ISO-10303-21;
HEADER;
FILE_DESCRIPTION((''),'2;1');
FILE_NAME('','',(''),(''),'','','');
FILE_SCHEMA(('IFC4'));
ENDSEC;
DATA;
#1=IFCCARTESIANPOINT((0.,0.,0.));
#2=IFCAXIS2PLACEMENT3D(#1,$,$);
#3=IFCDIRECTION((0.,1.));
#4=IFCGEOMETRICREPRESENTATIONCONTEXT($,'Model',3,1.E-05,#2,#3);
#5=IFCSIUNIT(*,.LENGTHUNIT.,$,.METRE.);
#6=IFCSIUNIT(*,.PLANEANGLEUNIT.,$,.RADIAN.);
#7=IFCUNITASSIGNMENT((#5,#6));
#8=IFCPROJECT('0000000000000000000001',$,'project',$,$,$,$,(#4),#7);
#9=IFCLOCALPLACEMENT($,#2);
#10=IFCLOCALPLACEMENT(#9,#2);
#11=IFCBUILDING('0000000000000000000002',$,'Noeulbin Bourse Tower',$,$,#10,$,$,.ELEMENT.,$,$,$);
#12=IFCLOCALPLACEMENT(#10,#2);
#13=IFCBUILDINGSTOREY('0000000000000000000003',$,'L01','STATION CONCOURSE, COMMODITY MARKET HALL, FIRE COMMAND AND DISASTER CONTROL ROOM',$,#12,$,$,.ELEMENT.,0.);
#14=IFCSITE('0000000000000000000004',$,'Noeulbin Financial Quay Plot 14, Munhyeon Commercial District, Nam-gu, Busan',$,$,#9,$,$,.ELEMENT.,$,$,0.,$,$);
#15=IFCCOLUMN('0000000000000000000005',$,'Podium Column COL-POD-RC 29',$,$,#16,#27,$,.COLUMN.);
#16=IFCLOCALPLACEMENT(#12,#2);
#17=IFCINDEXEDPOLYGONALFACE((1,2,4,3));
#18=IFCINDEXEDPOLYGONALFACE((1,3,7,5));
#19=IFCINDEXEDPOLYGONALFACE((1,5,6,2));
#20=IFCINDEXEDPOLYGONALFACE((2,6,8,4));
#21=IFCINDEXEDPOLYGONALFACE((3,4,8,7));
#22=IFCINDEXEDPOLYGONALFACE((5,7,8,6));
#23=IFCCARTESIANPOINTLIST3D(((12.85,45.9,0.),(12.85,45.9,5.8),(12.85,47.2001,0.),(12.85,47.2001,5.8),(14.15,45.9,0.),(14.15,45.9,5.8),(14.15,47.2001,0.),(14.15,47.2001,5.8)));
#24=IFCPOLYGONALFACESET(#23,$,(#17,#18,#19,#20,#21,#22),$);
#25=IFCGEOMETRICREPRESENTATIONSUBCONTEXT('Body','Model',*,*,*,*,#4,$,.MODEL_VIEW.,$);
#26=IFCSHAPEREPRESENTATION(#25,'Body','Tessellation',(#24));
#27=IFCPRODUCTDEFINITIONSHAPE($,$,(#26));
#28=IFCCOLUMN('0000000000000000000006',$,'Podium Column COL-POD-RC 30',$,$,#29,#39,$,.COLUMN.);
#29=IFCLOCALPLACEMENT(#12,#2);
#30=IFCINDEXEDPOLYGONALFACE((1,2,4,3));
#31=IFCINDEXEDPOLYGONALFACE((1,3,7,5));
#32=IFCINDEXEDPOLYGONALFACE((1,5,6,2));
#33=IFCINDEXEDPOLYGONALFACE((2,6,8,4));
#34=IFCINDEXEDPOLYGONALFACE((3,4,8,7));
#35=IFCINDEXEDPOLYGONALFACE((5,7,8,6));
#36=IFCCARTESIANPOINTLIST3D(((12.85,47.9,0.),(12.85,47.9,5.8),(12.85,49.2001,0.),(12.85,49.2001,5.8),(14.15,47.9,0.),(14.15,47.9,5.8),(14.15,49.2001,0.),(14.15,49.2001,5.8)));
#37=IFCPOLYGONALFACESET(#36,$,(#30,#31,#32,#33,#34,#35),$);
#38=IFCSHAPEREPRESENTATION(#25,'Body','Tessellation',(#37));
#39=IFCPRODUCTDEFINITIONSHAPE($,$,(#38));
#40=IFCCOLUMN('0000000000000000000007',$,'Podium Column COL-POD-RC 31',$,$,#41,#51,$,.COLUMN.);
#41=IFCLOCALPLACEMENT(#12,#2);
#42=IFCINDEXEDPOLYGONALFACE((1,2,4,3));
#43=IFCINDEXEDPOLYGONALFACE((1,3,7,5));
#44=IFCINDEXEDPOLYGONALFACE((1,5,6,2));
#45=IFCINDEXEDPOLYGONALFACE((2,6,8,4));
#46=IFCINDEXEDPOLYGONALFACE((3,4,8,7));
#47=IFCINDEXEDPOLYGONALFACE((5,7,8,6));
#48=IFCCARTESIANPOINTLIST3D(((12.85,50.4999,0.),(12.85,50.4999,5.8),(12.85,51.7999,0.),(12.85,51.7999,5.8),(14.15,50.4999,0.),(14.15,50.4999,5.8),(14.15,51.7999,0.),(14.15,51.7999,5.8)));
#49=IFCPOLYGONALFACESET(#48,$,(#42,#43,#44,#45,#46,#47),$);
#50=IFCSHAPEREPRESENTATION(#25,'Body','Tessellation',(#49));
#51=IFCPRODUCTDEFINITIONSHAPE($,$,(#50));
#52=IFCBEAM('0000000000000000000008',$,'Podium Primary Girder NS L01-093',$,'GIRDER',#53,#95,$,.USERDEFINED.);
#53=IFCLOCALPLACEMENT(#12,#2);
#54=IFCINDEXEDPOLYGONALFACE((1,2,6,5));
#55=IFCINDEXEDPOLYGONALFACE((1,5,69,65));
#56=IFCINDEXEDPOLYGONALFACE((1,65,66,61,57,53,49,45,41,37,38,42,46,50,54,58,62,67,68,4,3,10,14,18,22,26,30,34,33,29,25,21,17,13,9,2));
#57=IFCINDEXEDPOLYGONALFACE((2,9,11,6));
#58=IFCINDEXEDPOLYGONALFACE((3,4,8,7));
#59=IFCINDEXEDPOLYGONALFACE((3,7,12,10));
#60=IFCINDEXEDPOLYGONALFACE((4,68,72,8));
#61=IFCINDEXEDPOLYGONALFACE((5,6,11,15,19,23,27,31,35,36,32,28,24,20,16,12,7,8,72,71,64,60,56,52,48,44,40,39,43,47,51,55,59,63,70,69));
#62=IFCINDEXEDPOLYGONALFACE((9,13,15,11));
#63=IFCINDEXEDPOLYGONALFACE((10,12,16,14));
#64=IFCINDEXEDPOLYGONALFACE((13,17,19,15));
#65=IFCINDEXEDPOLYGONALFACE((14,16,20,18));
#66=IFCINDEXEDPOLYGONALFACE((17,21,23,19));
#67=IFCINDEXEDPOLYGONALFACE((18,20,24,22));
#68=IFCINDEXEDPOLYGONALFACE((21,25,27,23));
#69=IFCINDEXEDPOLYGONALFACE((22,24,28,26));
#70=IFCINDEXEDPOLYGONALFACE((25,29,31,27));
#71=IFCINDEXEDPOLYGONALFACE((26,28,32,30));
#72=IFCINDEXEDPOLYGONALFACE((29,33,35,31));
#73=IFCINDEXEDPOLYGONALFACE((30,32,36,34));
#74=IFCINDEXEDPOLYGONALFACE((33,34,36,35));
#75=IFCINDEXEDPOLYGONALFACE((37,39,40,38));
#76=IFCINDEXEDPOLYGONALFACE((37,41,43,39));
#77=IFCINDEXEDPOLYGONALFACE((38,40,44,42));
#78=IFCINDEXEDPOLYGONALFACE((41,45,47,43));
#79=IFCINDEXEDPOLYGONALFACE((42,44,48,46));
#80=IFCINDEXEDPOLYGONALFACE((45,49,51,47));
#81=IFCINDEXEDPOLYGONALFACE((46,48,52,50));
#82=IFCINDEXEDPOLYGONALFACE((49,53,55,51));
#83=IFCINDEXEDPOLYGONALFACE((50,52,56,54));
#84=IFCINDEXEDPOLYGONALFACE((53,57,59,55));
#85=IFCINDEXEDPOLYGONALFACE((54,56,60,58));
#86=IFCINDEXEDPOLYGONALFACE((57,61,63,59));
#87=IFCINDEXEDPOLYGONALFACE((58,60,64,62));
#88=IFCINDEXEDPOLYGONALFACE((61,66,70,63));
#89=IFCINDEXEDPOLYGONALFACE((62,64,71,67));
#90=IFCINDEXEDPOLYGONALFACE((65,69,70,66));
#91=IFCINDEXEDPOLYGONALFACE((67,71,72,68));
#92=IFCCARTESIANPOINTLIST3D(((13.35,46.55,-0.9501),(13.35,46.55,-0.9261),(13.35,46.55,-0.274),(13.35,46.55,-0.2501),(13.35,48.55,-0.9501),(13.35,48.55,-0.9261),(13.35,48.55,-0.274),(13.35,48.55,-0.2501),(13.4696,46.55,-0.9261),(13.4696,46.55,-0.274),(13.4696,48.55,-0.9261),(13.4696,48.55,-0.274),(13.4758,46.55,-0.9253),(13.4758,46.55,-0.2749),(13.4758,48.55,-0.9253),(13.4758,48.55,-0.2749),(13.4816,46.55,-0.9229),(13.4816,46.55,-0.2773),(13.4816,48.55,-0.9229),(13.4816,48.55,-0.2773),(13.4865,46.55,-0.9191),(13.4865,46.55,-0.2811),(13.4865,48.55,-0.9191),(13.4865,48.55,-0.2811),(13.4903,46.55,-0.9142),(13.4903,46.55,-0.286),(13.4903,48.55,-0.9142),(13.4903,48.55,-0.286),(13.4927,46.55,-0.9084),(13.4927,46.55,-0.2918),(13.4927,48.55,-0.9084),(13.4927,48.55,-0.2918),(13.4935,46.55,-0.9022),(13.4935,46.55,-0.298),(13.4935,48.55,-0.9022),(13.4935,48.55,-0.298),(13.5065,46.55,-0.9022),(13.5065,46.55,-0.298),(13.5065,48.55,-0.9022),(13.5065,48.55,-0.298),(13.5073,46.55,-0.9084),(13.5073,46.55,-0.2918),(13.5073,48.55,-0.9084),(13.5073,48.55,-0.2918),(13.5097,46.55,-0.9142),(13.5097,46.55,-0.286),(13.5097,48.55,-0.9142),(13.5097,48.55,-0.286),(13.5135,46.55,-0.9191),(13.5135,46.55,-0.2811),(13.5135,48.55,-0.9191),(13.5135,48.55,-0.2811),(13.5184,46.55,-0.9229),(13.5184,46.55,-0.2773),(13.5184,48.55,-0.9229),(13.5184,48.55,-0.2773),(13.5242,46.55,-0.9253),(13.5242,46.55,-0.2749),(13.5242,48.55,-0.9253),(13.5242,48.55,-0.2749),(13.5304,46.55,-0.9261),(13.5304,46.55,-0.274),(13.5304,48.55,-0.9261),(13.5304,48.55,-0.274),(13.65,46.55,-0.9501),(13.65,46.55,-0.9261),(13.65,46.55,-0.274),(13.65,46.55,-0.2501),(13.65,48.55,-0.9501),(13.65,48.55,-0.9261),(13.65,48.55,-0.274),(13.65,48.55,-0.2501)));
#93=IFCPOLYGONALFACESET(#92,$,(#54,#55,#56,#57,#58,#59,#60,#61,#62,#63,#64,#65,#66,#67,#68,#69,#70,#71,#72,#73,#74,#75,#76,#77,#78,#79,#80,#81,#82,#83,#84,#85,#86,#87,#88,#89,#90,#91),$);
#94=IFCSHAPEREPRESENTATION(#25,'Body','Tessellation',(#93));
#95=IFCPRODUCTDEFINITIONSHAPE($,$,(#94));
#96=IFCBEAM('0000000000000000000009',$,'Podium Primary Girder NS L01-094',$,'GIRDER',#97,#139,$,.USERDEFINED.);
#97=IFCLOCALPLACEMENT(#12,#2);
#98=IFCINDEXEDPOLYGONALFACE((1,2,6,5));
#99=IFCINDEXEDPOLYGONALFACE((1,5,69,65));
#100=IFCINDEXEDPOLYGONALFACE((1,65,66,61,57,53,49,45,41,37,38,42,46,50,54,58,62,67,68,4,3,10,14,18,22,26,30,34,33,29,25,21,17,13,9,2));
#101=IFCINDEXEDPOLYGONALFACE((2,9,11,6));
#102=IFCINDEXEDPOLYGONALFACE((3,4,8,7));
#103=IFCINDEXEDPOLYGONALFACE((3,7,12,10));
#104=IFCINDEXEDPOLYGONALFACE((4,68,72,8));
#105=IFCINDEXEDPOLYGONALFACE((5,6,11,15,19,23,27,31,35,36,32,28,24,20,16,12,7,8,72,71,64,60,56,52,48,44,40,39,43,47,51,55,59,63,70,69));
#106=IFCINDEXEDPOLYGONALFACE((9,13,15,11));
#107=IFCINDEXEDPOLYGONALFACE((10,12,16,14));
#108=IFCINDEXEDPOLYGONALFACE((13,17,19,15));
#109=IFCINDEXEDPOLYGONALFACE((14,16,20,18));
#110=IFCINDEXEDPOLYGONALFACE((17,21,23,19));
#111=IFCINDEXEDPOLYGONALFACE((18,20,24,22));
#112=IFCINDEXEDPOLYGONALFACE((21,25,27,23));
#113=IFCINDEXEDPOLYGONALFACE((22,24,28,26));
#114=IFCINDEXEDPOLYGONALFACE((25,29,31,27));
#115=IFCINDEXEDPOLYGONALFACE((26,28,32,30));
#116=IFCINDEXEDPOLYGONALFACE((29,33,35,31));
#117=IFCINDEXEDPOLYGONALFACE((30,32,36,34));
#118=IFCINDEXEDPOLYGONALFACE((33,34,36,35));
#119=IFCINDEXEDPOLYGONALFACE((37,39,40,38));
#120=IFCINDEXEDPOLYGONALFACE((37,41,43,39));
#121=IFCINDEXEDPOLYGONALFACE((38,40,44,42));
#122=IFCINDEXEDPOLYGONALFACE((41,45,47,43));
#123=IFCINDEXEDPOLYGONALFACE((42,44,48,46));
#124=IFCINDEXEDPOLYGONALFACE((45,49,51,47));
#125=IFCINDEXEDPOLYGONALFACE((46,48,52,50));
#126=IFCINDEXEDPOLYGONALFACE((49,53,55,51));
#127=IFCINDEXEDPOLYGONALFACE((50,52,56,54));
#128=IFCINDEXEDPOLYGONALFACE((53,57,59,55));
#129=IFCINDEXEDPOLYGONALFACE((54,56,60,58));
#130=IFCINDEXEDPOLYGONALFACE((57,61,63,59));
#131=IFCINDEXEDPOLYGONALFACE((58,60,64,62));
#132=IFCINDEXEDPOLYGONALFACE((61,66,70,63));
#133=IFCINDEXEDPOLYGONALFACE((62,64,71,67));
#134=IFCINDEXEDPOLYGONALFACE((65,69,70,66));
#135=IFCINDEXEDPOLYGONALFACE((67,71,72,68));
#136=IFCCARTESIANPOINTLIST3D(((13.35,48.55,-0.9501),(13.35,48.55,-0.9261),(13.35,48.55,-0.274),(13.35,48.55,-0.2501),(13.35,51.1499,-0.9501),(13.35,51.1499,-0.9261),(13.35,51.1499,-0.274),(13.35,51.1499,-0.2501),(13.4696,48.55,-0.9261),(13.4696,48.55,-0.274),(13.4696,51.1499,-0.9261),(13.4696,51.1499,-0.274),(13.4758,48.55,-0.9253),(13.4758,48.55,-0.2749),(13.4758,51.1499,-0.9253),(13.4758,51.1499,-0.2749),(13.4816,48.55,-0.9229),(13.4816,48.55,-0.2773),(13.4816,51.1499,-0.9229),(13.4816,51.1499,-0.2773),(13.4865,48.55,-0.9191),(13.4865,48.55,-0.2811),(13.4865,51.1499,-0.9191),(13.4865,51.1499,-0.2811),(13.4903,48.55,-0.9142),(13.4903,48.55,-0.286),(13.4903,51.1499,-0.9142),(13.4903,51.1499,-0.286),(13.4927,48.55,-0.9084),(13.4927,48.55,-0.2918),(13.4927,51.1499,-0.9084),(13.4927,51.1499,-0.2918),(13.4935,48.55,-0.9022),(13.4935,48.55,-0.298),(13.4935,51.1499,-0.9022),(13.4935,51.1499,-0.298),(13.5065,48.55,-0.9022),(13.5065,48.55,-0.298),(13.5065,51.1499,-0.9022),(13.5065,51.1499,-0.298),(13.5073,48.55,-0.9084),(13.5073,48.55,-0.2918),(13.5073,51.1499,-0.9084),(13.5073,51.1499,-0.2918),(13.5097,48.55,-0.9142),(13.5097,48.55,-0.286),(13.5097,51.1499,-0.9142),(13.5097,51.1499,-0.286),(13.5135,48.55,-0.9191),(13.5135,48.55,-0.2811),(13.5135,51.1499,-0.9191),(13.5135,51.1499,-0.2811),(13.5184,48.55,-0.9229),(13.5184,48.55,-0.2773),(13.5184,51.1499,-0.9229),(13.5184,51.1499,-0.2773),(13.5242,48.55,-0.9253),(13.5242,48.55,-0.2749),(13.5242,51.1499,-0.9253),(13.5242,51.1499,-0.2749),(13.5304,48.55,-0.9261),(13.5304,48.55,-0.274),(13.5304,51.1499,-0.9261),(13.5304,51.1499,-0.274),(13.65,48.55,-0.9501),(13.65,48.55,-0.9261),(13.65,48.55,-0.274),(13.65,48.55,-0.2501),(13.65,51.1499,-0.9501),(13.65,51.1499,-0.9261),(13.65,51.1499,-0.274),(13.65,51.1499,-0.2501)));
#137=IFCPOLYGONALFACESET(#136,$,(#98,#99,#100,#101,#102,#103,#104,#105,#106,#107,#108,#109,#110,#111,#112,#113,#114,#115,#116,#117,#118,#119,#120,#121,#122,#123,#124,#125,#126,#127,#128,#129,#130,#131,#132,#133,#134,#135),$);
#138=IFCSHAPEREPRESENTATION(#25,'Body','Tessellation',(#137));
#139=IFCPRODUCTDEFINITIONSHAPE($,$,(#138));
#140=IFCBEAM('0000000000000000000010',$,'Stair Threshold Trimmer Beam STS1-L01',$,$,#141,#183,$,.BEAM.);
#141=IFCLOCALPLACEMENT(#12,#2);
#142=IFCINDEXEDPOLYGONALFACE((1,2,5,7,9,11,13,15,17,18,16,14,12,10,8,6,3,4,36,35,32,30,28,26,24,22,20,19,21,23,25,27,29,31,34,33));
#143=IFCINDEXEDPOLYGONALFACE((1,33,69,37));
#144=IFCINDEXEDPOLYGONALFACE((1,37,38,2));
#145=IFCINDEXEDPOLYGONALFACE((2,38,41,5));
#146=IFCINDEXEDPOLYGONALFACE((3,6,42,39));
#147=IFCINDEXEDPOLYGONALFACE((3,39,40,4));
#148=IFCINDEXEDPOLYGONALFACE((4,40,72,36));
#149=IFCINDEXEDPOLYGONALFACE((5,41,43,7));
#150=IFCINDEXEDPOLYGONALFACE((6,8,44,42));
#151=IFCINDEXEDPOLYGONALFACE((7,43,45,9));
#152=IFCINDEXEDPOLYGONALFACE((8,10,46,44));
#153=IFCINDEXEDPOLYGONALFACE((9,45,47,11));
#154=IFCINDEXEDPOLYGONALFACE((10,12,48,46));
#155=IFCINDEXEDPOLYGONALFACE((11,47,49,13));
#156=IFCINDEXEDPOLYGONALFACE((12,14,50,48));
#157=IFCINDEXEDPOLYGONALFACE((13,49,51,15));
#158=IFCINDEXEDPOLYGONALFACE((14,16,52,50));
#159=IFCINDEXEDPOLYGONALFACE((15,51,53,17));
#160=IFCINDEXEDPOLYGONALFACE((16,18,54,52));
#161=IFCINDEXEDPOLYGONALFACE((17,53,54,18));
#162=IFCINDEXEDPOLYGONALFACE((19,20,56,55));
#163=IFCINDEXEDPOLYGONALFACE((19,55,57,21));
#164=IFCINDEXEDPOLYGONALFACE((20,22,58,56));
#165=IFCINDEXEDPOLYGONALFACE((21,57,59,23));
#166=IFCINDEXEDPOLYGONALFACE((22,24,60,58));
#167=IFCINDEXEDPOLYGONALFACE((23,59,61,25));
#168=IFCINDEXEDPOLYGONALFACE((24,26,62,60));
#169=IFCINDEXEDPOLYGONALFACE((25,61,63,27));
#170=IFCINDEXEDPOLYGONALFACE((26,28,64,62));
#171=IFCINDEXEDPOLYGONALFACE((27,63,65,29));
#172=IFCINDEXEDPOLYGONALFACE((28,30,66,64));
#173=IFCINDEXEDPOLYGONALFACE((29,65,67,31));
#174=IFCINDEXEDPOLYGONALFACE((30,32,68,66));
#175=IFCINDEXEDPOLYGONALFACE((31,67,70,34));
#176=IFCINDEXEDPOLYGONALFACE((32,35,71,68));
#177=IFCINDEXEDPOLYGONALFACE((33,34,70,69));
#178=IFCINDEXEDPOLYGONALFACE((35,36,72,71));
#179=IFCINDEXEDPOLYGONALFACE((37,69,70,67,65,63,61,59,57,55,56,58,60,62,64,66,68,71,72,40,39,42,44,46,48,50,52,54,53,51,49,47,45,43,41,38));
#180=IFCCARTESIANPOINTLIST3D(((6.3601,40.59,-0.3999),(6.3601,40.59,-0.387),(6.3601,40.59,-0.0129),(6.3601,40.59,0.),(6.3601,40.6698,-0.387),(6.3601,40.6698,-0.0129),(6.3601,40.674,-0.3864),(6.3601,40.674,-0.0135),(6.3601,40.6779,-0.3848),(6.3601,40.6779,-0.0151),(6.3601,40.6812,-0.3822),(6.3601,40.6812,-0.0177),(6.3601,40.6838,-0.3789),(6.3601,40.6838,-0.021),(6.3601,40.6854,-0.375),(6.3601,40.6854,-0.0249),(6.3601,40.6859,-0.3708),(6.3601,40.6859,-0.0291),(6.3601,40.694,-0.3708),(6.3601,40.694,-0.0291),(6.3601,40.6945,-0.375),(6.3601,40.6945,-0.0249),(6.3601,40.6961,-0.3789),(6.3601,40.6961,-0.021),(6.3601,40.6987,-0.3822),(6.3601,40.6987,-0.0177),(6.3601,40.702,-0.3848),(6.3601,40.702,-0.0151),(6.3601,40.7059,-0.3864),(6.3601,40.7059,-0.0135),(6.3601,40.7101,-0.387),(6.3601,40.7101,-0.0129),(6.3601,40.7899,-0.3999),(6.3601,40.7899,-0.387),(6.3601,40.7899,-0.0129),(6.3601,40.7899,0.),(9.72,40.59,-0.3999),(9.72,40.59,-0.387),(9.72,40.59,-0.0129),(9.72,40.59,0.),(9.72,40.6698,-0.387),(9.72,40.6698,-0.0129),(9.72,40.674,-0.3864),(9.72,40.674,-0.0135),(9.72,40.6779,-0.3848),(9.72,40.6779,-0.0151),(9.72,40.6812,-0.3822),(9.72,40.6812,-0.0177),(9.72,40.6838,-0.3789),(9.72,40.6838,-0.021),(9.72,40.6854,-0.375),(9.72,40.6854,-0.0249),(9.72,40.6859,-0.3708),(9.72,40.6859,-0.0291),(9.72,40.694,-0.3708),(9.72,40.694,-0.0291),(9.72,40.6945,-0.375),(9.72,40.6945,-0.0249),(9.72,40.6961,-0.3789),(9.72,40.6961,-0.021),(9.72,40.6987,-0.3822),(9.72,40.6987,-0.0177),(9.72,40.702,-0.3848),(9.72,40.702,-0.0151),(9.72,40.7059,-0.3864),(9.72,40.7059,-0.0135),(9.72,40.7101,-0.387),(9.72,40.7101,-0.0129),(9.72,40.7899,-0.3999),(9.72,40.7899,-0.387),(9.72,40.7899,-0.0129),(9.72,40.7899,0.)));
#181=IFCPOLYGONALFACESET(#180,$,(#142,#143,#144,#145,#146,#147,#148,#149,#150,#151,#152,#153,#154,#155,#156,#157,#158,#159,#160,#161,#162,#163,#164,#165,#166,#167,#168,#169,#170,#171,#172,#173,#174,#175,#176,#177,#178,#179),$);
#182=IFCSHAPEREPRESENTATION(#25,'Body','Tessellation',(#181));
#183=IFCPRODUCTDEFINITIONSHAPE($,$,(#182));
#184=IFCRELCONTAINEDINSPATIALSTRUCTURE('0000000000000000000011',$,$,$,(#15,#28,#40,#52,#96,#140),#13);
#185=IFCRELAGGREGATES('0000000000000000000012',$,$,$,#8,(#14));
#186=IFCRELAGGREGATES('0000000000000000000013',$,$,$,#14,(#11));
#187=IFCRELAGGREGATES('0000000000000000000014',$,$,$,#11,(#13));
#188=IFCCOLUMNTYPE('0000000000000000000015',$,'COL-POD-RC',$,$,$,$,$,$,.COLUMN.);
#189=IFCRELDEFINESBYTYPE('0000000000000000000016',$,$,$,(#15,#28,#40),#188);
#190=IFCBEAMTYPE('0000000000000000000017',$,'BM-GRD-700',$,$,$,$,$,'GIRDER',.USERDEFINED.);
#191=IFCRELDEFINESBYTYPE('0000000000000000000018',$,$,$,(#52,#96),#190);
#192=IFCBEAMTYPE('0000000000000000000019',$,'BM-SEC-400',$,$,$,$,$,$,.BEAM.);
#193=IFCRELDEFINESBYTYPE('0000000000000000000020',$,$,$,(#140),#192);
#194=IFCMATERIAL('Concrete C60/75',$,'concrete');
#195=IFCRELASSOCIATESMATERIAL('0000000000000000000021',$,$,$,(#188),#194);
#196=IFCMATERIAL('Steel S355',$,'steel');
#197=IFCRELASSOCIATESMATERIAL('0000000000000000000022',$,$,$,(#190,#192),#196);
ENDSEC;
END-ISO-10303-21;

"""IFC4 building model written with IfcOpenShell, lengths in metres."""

from ifc_helpers import new_model, si_unit, direction, frame, origin, origin_2d, place, context, subcontext, project, spatial, rectangle, i_section, extrude, material, material_profile, profile_set, type_object, element, save


model = new_model("IFC4")

# Units and contexts
model_context = context("Model", 3, precision=1e-05, world=origin(), true_north=direction((0.0, 1.0)))
body_context = subcontext(model_context, "Body", "Model", "MODEL_VIEW")
ifc_project = project(units=[si_unit("LENGTHUNIT", "METRE"), si_unit("PLANEANGLEUNIT", "RADIAN")], contexts=[model_context])

# Site, building, storey
site_placement = place(None, origin())
site = spatial("IfcSite", under=ifc_project, at=site_placement, Name="Noeulbin Financial Quay Plot 14, Munhyeon Commercial District, Nam-gu, Busan", CompositionType="ELEMENT", RefElevation=0.0)
building_placement = place(site_placement, origin())
building = spatial("IfcBuilding", under=site, at=building_placement, Name="Noeulbin Bourse Tower", CompositionType="ELEMENT")
storey_placement = place(building_placement, origin())
storey = spatial("IfcBuildingStorey", under=building, at=storey_placement, Name="L01", Description="STATION CONCOURSE, COMMODITY MARKET HALL, FIRE COMMAND AND DISASTER CONTROL ROOM", CompositionType="ELEMENT", Elevation=0.0)

# Columns
ifc_material_1 = material(Name="Concrete C60/75", Category="concrete")
ifc_material_profile_1 = material_profile(ifc_material_1, rectangle(XDim=1.3, YDim=1.3, at=origin_2d()), Name="RC-COL-1300x1300", Category="LoadBearing")
ifc_profile_set_1 = profile_set([ifc_material_profile_1], Name="Concrete C60/75")
column_type = type_object("IfcColumnType", Name="COL-POD-RC", PredefinedType="COLUMN", material=ifc_profile_set_1)
for number, where, z_axis, x_axis, name in (
    (1, (13.5, 46.55, 0.0), (0.0, 0.0, 1.0), (1.0, 0.0, 0.0), "Podium Column COL-POD-RC 29"),
    (2, (13.5, 48.55, 0.0), (0.0, 0.0, 1.0), (1.0, 0.0, 0.0), "Podium Column COL-POD-RC 30"),
    (3, (13.5, 51.1499, 0.0), (0.0, 0.0, 1.0), (1.0, 0.0, 0.0), "Podium Column COL-POD-RC 31"),
):
    element("IfcColumn", number, at=place(storey_placement, frame(where, z_axis=z_axis, x_axis=x_axis)), inside=storey, type_object=column_type, Name=name, PredefinedType="COLUMN", context=body_context, shape_type="SweptSolid", body=[
        extrude(rectangle(XDim=1.3, YDim=1.3, at=origin_2d()), origin(), (0.0, 0.0, 1.0), 5.8),
    ])

# Beams
ifc_material_2 = material(Name="Steel S355", Category="steel")
ifc_material_profile_2 = material_profile(ifc_material_2, i_section(OverallWidth=0.3, OverallDepth=0.7, WebThickness=0.0129, FlangeThickness=0.0239, FilletRadius=0.0239, at=origin_2d()), Name="H-700x300x13x24", Category="LoadBearing")
ifc_profile_set_2 = profile_set([ifc_material_profile_2], Name="Steel S355")
beam_type_1 = type_object("IfcBeamType", Name="BM-GRD-700", ElementType="GIRDER", PredefinedType="USERDEFINED", material=ifc_profile_set_2)
beam_1_placement = place(storey_placement, frame((13.5, 46.55, -0.6001), z_axis=(0.0, 1.0, 0.0), x_axis=(-1.0, 0.0, 0.0)))
element("IfcBeam", 4, at=beam_1_placement, inside=storey, type_object=beam_type_1, Name="Podium Primary Girder NS L01-093", ObjectType="GIRDER", PredefinedType="USERDEFINED", context=body_context, shape_type="SweptSolid", body=[
    extrude(i_section(OverallWidth=0.3, OverallDepth=0.7, WebThickness=0.0129, FlangeThickness=0.0239, FilletRadius=0.0239, at=origin_2d()), origin(), (0.0, 0.0, 1.0), 2.0),
])
beam_2_placement = place(storey_placement, frame((13.5, 48.55, -0.6001), z_axis=(0.0, 1.0, 0.0), x_axis=(-1.0, 0.0, 0.0)))
element("IfcBeam", 5, at=beam_2_placement, inside=storey, type_object=beam_type_1, Name="Podium Primary Girder NS L01-094", ObjectType="GIRDER", PredefinedType="USERDEFINED", context=body_context, shape_type="SweptSolid", body=[
    extrude(i_section(OverallWidth=0.3, OverallDepth=0.7, WebThickness=0.0129, FlangeThickness=0.0239, FilletRadius=0.0239, at=origin_2d()), origin(), (0.0, 0.0, 1.0), 2.5999),
])
ifc_material_profile_3 = material_profile(ifc_material_2, i_section(OverallWidth=0.2, OverallDepth=0.3999, WebThickness=0.0081, FlangeThickness=0.0129, FilletRadius=0.0161, at=origin_2d()), Name="H-400x200x8x13", Category="LoadBearing")
ifc_profile_set_3 = profile_set([ifc_material_profile_3], Name="Steel S355")
beam_type_2 = type_object("IfcBeamType", Name="BM-SEC-400", PredefinedType="BEAM", material=ifc_profile_set_3)
beam_3_placement = place(storey_placement, frame((6.3601, 40.6899, -0.2), z_axis=(1.0, 0.0, 0.0), x_axis=(0.0, 1.0, 0.0)))
element("IfcBeam", 6, at=beam_3_placement, inside=storey, type_object=beam_type_2, Name="Stair Threshold Trimmer Beam STS1-L01", PredefinedType="BEAM", context=body_context, shape_type="SweptSolid", body=[
    extrude(i_section(OverallWidth=0.2, OverallDepth=0.3999, WebThickness=0.0081, FlangeThickness=0.0129, FilletRadius=0.0161, at=origin_2d()), origin(), (0.0, 0.0, 1.0), 3.3599),
])

save(model, "model.ifc")
